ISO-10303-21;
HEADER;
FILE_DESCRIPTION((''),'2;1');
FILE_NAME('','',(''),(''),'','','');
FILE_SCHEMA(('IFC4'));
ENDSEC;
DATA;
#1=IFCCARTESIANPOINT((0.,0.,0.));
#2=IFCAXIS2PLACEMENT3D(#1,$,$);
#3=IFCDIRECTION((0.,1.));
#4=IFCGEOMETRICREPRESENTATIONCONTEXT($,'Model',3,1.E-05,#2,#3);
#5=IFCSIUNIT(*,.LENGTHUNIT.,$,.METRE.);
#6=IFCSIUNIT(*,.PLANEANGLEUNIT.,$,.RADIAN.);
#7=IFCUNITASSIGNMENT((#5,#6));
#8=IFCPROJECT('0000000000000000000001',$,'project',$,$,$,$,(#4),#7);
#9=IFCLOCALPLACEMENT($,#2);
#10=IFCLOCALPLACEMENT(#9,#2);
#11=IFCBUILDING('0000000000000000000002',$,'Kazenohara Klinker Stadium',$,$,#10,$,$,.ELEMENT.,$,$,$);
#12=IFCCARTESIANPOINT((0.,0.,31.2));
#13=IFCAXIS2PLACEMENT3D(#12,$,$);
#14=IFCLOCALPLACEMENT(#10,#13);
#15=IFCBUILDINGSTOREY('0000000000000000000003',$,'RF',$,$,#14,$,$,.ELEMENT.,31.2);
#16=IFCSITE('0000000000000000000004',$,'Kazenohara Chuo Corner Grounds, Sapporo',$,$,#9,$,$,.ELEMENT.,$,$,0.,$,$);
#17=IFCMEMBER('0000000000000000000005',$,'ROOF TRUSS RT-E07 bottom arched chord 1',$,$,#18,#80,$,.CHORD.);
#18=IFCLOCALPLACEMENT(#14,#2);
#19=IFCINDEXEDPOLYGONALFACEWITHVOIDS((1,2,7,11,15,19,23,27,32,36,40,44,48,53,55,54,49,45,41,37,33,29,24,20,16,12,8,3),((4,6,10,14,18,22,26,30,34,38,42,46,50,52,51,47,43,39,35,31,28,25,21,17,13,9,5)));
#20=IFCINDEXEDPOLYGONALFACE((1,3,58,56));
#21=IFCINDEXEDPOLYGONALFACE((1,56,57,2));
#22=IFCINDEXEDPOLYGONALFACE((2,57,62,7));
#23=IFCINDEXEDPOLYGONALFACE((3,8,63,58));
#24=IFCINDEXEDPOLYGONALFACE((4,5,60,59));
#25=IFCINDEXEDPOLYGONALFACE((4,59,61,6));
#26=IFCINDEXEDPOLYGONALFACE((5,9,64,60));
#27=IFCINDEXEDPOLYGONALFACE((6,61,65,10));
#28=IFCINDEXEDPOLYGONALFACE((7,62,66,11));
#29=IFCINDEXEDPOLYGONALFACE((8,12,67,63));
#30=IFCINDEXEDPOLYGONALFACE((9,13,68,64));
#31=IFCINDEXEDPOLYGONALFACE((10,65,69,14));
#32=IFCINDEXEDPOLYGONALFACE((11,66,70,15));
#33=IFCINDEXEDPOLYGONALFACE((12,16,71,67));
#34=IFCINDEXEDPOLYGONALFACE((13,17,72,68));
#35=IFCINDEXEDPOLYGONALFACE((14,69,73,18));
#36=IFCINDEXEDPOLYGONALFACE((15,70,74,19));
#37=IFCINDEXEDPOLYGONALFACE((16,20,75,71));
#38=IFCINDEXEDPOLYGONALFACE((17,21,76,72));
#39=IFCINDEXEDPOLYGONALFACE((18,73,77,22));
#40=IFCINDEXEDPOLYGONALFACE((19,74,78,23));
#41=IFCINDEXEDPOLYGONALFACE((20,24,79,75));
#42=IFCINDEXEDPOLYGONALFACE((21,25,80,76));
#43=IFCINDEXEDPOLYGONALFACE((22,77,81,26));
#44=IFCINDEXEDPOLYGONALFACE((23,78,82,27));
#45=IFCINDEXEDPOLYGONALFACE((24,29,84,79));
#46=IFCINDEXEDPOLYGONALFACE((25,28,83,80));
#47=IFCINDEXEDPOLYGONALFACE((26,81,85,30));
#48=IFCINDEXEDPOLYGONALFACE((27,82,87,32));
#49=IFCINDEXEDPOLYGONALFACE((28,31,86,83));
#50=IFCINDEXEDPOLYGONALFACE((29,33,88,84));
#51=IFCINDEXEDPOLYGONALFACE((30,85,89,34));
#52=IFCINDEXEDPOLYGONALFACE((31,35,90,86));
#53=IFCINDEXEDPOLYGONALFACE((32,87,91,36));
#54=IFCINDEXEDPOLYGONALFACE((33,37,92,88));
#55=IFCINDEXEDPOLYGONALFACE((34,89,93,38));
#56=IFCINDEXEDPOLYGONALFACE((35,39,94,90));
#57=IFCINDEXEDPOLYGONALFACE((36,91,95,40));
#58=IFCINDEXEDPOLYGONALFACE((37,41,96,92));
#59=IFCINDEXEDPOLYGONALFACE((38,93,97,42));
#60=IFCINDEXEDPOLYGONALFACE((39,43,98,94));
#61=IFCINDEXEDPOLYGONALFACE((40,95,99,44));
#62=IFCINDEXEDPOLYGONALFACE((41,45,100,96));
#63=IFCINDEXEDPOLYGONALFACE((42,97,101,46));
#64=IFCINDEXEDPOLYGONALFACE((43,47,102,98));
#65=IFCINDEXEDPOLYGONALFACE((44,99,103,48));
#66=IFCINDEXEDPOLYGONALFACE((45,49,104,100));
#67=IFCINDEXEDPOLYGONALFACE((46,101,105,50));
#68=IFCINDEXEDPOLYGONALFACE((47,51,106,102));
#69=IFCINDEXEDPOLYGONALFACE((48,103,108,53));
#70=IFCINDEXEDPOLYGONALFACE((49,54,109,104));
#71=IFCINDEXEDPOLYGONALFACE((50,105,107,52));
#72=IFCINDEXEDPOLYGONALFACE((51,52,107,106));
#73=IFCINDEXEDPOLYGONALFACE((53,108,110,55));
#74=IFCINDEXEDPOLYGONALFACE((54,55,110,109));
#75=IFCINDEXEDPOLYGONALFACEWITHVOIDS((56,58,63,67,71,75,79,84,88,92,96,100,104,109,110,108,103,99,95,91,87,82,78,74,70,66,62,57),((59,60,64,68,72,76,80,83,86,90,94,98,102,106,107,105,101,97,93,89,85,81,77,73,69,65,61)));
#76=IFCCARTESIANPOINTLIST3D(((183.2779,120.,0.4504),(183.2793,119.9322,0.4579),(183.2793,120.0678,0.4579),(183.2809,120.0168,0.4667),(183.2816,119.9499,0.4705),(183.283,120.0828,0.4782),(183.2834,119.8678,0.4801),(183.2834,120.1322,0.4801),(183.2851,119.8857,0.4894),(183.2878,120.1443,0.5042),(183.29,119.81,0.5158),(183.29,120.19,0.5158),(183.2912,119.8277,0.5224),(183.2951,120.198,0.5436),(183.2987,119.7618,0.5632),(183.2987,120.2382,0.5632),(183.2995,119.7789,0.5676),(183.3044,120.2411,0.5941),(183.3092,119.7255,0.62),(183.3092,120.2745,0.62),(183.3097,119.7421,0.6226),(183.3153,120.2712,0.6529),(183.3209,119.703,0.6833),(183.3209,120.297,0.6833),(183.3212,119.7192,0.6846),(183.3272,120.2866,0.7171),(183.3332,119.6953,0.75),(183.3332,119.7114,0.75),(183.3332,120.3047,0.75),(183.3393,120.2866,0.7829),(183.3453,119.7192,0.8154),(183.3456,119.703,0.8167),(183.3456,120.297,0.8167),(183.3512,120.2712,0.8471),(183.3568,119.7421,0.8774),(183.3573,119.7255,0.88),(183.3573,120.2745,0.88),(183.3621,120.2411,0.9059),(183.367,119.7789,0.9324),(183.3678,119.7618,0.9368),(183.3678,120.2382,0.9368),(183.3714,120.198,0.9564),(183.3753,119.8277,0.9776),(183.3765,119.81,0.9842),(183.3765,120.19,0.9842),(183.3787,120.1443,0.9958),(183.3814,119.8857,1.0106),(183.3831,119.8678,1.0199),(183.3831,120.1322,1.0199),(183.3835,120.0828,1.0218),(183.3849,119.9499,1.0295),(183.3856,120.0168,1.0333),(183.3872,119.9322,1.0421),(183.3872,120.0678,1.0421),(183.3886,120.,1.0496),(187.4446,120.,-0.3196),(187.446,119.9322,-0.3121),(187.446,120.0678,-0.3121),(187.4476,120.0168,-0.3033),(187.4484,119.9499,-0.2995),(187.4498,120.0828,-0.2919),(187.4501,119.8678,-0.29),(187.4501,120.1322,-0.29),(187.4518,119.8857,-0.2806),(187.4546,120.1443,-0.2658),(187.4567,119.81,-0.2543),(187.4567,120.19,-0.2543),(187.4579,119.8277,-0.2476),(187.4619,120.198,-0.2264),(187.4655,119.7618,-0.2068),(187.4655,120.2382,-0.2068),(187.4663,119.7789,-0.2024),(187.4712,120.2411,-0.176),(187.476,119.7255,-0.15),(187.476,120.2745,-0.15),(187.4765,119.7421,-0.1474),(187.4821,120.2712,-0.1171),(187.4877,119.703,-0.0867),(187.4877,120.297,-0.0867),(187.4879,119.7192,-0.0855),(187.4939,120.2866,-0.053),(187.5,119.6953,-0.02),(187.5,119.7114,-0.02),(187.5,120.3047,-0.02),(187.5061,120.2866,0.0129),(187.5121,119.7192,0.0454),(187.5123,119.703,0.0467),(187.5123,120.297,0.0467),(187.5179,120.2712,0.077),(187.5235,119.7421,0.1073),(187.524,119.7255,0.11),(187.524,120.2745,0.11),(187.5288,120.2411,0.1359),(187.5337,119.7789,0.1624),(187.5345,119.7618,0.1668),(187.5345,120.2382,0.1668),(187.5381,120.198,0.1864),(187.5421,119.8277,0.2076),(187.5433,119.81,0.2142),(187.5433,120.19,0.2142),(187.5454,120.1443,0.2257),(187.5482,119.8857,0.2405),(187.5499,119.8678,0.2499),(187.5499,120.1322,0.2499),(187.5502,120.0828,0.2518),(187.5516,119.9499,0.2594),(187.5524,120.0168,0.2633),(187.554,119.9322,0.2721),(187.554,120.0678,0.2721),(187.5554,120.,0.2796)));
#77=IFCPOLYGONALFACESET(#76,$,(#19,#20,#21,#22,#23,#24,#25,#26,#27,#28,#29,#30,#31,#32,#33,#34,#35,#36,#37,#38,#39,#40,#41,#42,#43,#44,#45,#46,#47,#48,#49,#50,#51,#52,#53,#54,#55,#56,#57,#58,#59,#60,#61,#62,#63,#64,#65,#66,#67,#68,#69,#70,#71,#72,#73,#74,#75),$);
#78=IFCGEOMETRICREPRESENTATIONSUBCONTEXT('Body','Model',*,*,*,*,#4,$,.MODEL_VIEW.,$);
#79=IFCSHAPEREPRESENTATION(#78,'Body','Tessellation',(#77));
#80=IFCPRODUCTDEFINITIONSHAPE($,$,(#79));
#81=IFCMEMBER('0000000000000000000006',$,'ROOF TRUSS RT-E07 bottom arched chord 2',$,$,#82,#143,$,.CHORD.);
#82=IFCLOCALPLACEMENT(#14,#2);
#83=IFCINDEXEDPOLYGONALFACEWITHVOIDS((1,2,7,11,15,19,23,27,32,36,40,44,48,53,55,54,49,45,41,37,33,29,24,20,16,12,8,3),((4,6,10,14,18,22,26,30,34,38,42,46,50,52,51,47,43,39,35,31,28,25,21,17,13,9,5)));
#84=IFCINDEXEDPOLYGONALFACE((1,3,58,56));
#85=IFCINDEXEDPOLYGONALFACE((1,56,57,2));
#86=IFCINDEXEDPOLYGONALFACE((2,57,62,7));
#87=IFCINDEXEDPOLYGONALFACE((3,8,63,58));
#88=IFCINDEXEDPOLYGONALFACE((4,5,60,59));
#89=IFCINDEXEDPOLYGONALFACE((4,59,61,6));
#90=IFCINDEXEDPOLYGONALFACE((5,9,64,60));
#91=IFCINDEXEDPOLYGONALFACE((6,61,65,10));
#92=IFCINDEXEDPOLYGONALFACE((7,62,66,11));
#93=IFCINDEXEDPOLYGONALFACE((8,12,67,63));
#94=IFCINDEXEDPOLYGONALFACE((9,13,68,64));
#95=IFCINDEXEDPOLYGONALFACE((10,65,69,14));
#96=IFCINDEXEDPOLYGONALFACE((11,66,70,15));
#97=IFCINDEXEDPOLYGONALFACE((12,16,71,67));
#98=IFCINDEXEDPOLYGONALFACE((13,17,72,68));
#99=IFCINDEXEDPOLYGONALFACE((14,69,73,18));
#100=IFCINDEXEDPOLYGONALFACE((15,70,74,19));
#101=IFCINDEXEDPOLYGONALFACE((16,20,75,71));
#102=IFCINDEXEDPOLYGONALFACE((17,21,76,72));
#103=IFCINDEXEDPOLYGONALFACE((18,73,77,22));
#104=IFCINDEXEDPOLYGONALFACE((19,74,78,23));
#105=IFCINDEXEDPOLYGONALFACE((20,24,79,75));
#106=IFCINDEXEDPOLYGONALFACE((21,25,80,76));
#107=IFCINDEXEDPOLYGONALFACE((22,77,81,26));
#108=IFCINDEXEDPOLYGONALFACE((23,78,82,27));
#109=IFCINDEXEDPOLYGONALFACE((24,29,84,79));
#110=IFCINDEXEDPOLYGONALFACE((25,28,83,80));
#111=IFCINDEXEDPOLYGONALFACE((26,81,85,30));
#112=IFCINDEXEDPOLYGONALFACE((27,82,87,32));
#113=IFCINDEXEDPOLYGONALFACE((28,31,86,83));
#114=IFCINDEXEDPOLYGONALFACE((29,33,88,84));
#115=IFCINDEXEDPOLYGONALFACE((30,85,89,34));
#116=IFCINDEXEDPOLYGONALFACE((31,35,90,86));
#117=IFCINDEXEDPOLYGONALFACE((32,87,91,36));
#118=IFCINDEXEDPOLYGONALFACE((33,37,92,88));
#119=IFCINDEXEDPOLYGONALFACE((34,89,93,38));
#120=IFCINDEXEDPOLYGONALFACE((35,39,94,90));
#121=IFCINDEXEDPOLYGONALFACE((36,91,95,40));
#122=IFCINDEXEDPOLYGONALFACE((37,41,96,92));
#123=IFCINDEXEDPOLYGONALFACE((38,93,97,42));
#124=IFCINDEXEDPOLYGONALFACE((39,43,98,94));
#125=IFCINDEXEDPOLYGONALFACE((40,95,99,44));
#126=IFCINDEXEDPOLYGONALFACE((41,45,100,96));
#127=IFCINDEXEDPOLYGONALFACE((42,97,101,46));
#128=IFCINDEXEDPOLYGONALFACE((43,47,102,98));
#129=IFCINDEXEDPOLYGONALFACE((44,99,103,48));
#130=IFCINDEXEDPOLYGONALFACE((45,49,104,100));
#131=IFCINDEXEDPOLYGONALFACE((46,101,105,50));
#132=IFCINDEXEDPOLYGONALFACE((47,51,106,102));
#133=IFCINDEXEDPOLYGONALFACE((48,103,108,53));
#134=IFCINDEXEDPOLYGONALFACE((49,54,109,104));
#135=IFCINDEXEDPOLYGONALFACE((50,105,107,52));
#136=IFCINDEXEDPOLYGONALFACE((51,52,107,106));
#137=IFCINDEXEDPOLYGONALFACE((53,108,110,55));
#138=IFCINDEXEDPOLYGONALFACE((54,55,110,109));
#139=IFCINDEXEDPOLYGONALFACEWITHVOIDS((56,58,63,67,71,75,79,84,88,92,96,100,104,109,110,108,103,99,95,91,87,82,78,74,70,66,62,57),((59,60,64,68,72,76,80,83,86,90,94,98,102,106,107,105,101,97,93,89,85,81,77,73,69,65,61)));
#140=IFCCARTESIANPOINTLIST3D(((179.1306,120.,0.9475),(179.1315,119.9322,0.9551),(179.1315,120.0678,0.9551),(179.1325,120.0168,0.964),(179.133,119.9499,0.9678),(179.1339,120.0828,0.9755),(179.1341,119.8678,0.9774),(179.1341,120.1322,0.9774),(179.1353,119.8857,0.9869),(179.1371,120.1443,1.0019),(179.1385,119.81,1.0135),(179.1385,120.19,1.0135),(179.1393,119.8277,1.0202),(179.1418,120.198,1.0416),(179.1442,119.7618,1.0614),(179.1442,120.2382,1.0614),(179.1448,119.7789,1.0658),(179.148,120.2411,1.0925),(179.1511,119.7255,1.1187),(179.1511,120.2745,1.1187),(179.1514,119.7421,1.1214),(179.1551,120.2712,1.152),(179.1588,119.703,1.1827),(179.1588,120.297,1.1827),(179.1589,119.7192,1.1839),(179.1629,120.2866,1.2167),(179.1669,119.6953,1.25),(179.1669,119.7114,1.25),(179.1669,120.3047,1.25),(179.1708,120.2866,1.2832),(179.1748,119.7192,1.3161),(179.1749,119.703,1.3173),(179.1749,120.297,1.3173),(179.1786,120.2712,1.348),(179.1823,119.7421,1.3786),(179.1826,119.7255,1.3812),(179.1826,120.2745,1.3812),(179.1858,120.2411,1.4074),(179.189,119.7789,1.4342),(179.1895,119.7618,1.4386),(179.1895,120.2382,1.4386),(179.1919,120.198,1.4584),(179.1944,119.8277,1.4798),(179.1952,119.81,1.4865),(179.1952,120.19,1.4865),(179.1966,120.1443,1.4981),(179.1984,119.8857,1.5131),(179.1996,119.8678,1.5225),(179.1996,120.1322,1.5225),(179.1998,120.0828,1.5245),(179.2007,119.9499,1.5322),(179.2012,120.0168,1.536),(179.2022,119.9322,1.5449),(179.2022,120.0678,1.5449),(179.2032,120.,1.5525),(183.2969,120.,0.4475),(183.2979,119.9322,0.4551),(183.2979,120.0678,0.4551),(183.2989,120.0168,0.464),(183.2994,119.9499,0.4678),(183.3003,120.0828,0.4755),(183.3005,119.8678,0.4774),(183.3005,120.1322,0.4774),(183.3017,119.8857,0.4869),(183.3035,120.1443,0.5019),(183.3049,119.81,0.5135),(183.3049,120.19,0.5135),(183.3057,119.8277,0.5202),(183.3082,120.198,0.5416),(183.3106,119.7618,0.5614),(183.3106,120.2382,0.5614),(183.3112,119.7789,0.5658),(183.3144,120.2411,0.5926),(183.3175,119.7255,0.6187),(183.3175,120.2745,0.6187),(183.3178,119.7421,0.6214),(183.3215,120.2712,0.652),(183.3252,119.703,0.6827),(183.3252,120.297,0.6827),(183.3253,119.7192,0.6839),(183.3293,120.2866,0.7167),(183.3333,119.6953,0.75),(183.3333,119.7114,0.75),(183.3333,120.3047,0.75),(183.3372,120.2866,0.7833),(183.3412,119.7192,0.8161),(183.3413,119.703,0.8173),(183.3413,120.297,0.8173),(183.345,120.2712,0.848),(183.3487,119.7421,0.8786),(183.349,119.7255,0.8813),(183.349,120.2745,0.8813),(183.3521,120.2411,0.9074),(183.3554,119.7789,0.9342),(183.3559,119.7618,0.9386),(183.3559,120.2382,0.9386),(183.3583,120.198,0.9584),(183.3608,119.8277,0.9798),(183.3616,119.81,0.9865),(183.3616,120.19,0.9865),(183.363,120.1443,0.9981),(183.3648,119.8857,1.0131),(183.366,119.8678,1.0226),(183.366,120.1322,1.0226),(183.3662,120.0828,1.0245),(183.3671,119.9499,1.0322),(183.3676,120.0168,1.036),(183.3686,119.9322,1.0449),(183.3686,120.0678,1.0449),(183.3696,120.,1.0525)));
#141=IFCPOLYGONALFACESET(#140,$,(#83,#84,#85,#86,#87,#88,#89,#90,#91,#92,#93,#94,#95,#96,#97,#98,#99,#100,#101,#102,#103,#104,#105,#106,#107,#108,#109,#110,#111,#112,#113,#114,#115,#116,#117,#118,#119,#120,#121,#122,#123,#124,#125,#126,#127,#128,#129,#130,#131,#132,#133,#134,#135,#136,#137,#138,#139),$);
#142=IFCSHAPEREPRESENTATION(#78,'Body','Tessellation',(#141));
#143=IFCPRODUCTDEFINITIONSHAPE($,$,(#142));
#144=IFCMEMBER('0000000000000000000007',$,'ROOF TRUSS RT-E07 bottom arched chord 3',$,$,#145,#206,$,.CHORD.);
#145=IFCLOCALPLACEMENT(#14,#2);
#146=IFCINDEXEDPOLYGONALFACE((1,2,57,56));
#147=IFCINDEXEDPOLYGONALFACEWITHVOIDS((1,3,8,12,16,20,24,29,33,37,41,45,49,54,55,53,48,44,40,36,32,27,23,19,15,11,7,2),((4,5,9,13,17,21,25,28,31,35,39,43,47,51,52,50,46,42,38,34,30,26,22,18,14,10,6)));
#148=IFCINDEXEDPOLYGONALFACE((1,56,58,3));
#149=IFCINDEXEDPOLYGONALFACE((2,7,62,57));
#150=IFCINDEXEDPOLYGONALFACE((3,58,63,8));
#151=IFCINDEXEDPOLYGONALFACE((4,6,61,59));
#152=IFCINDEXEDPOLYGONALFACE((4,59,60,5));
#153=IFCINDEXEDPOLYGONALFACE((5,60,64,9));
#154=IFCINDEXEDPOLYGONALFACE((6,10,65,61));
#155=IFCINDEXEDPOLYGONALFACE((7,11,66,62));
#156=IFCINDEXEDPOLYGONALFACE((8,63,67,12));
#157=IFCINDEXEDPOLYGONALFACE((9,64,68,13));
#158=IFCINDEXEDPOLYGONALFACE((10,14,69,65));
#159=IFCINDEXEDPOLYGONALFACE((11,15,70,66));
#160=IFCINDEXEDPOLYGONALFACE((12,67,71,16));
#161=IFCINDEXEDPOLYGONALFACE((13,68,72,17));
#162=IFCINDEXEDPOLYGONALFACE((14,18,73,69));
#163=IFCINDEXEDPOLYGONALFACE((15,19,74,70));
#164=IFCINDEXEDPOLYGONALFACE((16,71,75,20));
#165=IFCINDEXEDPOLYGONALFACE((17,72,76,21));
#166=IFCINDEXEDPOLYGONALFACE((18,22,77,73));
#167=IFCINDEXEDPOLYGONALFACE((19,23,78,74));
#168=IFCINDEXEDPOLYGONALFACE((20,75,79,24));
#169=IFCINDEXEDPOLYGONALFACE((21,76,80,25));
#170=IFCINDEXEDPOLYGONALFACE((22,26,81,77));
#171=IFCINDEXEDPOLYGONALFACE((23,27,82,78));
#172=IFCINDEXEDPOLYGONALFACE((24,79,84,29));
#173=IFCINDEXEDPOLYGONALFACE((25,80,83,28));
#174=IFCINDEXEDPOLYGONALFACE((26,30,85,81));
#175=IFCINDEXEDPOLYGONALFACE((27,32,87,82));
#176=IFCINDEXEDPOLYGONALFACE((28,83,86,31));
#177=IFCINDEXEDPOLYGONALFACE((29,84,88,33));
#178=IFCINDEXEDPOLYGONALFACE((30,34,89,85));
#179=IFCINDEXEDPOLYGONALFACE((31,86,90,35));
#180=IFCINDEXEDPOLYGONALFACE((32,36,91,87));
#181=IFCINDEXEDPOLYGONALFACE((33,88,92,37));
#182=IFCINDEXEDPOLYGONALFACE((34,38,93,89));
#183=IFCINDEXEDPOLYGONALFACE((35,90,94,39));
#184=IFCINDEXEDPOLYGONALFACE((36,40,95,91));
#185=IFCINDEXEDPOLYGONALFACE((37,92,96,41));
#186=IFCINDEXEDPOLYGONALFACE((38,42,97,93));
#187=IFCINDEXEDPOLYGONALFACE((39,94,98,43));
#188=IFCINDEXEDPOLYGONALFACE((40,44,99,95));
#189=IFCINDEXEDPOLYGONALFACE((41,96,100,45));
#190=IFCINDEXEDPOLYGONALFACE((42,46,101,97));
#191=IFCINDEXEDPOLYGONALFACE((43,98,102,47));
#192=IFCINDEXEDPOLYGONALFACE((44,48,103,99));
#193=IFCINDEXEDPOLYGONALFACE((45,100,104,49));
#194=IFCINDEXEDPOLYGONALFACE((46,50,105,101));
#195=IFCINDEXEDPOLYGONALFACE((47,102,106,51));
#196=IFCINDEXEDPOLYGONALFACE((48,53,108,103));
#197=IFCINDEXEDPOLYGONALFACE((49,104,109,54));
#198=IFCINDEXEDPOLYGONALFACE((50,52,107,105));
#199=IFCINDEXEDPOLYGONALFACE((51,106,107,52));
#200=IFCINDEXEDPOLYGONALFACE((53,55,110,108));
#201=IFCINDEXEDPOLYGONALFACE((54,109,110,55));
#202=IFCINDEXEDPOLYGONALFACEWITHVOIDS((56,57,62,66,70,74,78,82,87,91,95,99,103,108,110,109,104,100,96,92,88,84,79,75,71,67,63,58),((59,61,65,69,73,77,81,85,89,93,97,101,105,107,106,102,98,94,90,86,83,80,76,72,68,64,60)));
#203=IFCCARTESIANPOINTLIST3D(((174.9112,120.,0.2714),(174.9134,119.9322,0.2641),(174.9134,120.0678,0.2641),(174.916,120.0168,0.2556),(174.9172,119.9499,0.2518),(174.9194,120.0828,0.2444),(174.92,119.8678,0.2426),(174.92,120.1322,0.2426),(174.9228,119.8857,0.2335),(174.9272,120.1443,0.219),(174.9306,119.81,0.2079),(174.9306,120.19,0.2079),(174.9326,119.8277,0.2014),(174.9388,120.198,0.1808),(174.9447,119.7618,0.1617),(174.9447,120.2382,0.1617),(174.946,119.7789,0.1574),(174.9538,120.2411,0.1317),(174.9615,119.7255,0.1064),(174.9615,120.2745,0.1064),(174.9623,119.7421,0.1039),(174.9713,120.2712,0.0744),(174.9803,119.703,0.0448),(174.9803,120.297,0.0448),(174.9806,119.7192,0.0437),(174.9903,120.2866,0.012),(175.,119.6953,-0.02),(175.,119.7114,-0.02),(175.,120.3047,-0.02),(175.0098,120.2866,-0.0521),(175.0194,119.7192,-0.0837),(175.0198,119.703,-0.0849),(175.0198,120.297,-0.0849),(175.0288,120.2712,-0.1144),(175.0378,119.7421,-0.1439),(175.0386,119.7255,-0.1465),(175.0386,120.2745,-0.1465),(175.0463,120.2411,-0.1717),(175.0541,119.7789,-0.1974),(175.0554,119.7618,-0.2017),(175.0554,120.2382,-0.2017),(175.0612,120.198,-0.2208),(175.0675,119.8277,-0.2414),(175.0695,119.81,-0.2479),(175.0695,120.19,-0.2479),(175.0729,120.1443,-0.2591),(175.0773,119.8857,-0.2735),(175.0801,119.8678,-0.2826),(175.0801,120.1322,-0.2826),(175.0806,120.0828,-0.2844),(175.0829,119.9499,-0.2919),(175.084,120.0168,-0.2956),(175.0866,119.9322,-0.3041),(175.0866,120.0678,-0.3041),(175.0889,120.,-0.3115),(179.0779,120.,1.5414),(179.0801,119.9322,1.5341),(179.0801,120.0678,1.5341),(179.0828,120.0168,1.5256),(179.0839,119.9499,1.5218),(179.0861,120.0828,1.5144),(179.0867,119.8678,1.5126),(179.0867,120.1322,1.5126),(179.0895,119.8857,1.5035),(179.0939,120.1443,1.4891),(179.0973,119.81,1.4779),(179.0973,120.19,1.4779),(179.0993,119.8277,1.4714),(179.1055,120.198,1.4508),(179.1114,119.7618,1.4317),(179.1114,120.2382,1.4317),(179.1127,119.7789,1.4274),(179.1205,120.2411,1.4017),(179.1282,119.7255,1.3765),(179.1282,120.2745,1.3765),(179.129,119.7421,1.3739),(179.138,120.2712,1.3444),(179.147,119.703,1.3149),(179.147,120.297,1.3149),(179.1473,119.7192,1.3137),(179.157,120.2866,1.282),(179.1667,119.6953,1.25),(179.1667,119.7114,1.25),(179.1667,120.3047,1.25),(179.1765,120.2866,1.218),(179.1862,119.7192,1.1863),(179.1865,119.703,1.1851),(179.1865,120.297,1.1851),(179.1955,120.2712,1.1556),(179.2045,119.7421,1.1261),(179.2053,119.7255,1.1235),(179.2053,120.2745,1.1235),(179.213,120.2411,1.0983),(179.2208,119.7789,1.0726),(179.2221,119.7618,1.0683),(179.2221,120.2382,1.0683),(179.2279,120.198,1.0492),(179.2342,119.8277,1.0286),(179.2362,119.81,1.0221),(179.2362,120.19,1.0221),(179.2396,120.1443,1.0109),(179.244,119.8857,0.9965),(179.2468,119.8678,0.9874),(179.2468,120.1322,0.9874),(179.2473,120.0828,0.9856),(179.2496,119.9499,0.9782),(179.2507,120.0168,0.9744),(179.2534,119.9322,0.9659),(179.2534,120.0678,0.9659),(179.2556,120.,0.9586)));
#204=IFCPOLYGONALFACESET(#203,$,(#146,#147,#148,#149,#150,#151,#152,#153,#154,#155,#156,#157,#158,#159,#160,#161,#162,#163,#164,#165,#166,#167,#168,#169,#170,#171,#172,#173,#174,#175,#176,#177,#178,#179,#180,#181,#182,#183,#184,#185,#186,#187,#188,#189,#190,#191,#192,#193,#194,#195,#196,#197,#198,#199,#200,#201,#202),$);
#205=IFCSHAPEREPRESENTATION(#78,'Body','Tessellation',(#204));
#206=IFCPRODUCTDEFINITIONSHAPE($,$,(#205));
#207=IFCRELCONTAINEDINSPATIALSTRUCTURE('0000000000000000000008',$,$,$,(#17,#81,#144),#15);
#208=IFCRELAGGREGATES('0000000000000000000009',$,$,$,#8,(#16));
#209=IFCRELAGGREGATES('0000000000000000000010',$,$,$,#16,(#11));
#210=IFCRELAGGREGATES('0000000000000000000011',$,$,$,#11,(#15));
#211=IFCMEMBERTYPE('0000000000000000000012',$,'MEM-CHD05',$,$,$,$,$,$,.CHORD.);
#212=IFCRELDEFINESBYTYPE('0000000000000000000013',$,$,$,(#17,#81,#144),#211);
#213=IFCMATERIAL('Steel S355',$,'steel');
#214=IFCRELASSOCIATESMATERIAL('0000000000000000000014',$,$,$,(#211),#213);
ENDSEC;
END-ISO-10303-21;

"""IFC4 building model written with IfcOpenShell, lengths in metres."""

from ifc_helpers import new_model, si_unit, direction, frame, origin, origin_2d, place, context, subcontext, project, spatial, hollow_circle, extrude, material, material_profile, profile_set, type_object, element, save


model = new_model("IFC4")

# Units and contexts
model_context = context("Model", 3, precision=1e-05, world=origin(), true_north=direction((0.0, 1.0)))
body_context = subcontext(model_context, "Body", "Model", "MODEL_VIEW")
ifc_project = project(units=[si_unit("LENGTHUNIT", "METRE"), si_unit("PLANEANGLEUNIT", "RADIAN")], contexts=[model_context])

# Site, building, storey
site_placement = place(None, origin())
site = spatial("IfcSite", under=ifc_project, at=site_placement, Name="Kazenohara Chuo Corner Grounds, Sapporo", CompositionType="ELEMENT", RefElevation=0.0)
building_placement = place(site_placement, origin())
building = spatial("IfcBuilding", under=site, at=building_placement, Name="Kazenohara Klinker Stadium", CompositionType="ELEMENT")
storey_placement = place(building_placement, frame((0.0, 0.0, 31.2)))
storey = spatial("IfcBuildingStorey", under=building, at=storey_placement, Name="RF", CompositionType="ELEMENT", Elevation=31.2)

# Members
ifc_material_1 = material(Name="Steel S355", Category="steel")
ifc_material_profile_1 = material_profile(ifc_material_1, hollow_circle(Radius=0.3047, WallThickness=0.0161, at=origin_2d()), Name="CHS-609.6x16")
ifc_profile_set_1 = profile_set([ifc_material_profile_1], Name="Steel S355")
member_type_1 = type_object("IfcMemberType", Name="MEM-CHD05", PredefinedType="CHORD", material=ifc_profile_set_1)
member_1_placement = place(storey_placement, frame((187.5, 120.0, -0.02), z_axis=(-0.98335, 0.0, 0.181724), x_axis=(0.0, -1.0, 0.0)))
element("IfcMember", 1, at=member_1_placement, inside=storey, type_object=member_type_1, Name="ROOF TRUSS RT-E07 bottom arched chord 1", PredefinedType="CHORD", context=body_context, shape_type="SweptSolid", body=[
    extrude(hollow_circle(Radius=0.3047, WallThickness=0.0161, at=origin_2d()), origin(), (0.0, 0.0, 1.0), 4.2373),
])
member_2_placement = place(storey_placement, frame((183.3333, 120.0, 0.75), z_axis=(-0.992876, 0.0, 0.11915), x_axis=(0.0, -1.0, 0.0)))
element("IfcMember", 2, at=member_2_placement, inside=storey, type_object=member_type_1, Name="ROOF TRUSS RT-E07 bottom arched chord 2", PredefinedType="CHORD", context=body_context, shape_type="SweptSolid", body=[
    extrude(hollow_circle(Radius=0.3047, WallThickness=0.0161, at=origin_2d()), origin(), (0.0, 0.0, 1.0), 4.1963),
])
member_3_placement = place(storey_placement, frame((179.1667, 120.0, 1.25), z_axis=(-0.956554, 0.0, -0.291556), x_axis=(0.0, -1.0, 0.0)))
element("IfcMember", 3, at=member_3_placement, inside=storey, type_object=member_type_1, Name="ROOF TRUSS RT-E07 bottom arched chord 3", PredefinedType="CHORD", context=body_context, shape_type="SweptSolid", body=[
    extrude(hollow_circle(Radius=0.3047, WallThickness=0.0161, at=origin_2d()), origin(), (0.0, 0.0, 1.0), 4.356),
])

save(model, "model.ifc")
